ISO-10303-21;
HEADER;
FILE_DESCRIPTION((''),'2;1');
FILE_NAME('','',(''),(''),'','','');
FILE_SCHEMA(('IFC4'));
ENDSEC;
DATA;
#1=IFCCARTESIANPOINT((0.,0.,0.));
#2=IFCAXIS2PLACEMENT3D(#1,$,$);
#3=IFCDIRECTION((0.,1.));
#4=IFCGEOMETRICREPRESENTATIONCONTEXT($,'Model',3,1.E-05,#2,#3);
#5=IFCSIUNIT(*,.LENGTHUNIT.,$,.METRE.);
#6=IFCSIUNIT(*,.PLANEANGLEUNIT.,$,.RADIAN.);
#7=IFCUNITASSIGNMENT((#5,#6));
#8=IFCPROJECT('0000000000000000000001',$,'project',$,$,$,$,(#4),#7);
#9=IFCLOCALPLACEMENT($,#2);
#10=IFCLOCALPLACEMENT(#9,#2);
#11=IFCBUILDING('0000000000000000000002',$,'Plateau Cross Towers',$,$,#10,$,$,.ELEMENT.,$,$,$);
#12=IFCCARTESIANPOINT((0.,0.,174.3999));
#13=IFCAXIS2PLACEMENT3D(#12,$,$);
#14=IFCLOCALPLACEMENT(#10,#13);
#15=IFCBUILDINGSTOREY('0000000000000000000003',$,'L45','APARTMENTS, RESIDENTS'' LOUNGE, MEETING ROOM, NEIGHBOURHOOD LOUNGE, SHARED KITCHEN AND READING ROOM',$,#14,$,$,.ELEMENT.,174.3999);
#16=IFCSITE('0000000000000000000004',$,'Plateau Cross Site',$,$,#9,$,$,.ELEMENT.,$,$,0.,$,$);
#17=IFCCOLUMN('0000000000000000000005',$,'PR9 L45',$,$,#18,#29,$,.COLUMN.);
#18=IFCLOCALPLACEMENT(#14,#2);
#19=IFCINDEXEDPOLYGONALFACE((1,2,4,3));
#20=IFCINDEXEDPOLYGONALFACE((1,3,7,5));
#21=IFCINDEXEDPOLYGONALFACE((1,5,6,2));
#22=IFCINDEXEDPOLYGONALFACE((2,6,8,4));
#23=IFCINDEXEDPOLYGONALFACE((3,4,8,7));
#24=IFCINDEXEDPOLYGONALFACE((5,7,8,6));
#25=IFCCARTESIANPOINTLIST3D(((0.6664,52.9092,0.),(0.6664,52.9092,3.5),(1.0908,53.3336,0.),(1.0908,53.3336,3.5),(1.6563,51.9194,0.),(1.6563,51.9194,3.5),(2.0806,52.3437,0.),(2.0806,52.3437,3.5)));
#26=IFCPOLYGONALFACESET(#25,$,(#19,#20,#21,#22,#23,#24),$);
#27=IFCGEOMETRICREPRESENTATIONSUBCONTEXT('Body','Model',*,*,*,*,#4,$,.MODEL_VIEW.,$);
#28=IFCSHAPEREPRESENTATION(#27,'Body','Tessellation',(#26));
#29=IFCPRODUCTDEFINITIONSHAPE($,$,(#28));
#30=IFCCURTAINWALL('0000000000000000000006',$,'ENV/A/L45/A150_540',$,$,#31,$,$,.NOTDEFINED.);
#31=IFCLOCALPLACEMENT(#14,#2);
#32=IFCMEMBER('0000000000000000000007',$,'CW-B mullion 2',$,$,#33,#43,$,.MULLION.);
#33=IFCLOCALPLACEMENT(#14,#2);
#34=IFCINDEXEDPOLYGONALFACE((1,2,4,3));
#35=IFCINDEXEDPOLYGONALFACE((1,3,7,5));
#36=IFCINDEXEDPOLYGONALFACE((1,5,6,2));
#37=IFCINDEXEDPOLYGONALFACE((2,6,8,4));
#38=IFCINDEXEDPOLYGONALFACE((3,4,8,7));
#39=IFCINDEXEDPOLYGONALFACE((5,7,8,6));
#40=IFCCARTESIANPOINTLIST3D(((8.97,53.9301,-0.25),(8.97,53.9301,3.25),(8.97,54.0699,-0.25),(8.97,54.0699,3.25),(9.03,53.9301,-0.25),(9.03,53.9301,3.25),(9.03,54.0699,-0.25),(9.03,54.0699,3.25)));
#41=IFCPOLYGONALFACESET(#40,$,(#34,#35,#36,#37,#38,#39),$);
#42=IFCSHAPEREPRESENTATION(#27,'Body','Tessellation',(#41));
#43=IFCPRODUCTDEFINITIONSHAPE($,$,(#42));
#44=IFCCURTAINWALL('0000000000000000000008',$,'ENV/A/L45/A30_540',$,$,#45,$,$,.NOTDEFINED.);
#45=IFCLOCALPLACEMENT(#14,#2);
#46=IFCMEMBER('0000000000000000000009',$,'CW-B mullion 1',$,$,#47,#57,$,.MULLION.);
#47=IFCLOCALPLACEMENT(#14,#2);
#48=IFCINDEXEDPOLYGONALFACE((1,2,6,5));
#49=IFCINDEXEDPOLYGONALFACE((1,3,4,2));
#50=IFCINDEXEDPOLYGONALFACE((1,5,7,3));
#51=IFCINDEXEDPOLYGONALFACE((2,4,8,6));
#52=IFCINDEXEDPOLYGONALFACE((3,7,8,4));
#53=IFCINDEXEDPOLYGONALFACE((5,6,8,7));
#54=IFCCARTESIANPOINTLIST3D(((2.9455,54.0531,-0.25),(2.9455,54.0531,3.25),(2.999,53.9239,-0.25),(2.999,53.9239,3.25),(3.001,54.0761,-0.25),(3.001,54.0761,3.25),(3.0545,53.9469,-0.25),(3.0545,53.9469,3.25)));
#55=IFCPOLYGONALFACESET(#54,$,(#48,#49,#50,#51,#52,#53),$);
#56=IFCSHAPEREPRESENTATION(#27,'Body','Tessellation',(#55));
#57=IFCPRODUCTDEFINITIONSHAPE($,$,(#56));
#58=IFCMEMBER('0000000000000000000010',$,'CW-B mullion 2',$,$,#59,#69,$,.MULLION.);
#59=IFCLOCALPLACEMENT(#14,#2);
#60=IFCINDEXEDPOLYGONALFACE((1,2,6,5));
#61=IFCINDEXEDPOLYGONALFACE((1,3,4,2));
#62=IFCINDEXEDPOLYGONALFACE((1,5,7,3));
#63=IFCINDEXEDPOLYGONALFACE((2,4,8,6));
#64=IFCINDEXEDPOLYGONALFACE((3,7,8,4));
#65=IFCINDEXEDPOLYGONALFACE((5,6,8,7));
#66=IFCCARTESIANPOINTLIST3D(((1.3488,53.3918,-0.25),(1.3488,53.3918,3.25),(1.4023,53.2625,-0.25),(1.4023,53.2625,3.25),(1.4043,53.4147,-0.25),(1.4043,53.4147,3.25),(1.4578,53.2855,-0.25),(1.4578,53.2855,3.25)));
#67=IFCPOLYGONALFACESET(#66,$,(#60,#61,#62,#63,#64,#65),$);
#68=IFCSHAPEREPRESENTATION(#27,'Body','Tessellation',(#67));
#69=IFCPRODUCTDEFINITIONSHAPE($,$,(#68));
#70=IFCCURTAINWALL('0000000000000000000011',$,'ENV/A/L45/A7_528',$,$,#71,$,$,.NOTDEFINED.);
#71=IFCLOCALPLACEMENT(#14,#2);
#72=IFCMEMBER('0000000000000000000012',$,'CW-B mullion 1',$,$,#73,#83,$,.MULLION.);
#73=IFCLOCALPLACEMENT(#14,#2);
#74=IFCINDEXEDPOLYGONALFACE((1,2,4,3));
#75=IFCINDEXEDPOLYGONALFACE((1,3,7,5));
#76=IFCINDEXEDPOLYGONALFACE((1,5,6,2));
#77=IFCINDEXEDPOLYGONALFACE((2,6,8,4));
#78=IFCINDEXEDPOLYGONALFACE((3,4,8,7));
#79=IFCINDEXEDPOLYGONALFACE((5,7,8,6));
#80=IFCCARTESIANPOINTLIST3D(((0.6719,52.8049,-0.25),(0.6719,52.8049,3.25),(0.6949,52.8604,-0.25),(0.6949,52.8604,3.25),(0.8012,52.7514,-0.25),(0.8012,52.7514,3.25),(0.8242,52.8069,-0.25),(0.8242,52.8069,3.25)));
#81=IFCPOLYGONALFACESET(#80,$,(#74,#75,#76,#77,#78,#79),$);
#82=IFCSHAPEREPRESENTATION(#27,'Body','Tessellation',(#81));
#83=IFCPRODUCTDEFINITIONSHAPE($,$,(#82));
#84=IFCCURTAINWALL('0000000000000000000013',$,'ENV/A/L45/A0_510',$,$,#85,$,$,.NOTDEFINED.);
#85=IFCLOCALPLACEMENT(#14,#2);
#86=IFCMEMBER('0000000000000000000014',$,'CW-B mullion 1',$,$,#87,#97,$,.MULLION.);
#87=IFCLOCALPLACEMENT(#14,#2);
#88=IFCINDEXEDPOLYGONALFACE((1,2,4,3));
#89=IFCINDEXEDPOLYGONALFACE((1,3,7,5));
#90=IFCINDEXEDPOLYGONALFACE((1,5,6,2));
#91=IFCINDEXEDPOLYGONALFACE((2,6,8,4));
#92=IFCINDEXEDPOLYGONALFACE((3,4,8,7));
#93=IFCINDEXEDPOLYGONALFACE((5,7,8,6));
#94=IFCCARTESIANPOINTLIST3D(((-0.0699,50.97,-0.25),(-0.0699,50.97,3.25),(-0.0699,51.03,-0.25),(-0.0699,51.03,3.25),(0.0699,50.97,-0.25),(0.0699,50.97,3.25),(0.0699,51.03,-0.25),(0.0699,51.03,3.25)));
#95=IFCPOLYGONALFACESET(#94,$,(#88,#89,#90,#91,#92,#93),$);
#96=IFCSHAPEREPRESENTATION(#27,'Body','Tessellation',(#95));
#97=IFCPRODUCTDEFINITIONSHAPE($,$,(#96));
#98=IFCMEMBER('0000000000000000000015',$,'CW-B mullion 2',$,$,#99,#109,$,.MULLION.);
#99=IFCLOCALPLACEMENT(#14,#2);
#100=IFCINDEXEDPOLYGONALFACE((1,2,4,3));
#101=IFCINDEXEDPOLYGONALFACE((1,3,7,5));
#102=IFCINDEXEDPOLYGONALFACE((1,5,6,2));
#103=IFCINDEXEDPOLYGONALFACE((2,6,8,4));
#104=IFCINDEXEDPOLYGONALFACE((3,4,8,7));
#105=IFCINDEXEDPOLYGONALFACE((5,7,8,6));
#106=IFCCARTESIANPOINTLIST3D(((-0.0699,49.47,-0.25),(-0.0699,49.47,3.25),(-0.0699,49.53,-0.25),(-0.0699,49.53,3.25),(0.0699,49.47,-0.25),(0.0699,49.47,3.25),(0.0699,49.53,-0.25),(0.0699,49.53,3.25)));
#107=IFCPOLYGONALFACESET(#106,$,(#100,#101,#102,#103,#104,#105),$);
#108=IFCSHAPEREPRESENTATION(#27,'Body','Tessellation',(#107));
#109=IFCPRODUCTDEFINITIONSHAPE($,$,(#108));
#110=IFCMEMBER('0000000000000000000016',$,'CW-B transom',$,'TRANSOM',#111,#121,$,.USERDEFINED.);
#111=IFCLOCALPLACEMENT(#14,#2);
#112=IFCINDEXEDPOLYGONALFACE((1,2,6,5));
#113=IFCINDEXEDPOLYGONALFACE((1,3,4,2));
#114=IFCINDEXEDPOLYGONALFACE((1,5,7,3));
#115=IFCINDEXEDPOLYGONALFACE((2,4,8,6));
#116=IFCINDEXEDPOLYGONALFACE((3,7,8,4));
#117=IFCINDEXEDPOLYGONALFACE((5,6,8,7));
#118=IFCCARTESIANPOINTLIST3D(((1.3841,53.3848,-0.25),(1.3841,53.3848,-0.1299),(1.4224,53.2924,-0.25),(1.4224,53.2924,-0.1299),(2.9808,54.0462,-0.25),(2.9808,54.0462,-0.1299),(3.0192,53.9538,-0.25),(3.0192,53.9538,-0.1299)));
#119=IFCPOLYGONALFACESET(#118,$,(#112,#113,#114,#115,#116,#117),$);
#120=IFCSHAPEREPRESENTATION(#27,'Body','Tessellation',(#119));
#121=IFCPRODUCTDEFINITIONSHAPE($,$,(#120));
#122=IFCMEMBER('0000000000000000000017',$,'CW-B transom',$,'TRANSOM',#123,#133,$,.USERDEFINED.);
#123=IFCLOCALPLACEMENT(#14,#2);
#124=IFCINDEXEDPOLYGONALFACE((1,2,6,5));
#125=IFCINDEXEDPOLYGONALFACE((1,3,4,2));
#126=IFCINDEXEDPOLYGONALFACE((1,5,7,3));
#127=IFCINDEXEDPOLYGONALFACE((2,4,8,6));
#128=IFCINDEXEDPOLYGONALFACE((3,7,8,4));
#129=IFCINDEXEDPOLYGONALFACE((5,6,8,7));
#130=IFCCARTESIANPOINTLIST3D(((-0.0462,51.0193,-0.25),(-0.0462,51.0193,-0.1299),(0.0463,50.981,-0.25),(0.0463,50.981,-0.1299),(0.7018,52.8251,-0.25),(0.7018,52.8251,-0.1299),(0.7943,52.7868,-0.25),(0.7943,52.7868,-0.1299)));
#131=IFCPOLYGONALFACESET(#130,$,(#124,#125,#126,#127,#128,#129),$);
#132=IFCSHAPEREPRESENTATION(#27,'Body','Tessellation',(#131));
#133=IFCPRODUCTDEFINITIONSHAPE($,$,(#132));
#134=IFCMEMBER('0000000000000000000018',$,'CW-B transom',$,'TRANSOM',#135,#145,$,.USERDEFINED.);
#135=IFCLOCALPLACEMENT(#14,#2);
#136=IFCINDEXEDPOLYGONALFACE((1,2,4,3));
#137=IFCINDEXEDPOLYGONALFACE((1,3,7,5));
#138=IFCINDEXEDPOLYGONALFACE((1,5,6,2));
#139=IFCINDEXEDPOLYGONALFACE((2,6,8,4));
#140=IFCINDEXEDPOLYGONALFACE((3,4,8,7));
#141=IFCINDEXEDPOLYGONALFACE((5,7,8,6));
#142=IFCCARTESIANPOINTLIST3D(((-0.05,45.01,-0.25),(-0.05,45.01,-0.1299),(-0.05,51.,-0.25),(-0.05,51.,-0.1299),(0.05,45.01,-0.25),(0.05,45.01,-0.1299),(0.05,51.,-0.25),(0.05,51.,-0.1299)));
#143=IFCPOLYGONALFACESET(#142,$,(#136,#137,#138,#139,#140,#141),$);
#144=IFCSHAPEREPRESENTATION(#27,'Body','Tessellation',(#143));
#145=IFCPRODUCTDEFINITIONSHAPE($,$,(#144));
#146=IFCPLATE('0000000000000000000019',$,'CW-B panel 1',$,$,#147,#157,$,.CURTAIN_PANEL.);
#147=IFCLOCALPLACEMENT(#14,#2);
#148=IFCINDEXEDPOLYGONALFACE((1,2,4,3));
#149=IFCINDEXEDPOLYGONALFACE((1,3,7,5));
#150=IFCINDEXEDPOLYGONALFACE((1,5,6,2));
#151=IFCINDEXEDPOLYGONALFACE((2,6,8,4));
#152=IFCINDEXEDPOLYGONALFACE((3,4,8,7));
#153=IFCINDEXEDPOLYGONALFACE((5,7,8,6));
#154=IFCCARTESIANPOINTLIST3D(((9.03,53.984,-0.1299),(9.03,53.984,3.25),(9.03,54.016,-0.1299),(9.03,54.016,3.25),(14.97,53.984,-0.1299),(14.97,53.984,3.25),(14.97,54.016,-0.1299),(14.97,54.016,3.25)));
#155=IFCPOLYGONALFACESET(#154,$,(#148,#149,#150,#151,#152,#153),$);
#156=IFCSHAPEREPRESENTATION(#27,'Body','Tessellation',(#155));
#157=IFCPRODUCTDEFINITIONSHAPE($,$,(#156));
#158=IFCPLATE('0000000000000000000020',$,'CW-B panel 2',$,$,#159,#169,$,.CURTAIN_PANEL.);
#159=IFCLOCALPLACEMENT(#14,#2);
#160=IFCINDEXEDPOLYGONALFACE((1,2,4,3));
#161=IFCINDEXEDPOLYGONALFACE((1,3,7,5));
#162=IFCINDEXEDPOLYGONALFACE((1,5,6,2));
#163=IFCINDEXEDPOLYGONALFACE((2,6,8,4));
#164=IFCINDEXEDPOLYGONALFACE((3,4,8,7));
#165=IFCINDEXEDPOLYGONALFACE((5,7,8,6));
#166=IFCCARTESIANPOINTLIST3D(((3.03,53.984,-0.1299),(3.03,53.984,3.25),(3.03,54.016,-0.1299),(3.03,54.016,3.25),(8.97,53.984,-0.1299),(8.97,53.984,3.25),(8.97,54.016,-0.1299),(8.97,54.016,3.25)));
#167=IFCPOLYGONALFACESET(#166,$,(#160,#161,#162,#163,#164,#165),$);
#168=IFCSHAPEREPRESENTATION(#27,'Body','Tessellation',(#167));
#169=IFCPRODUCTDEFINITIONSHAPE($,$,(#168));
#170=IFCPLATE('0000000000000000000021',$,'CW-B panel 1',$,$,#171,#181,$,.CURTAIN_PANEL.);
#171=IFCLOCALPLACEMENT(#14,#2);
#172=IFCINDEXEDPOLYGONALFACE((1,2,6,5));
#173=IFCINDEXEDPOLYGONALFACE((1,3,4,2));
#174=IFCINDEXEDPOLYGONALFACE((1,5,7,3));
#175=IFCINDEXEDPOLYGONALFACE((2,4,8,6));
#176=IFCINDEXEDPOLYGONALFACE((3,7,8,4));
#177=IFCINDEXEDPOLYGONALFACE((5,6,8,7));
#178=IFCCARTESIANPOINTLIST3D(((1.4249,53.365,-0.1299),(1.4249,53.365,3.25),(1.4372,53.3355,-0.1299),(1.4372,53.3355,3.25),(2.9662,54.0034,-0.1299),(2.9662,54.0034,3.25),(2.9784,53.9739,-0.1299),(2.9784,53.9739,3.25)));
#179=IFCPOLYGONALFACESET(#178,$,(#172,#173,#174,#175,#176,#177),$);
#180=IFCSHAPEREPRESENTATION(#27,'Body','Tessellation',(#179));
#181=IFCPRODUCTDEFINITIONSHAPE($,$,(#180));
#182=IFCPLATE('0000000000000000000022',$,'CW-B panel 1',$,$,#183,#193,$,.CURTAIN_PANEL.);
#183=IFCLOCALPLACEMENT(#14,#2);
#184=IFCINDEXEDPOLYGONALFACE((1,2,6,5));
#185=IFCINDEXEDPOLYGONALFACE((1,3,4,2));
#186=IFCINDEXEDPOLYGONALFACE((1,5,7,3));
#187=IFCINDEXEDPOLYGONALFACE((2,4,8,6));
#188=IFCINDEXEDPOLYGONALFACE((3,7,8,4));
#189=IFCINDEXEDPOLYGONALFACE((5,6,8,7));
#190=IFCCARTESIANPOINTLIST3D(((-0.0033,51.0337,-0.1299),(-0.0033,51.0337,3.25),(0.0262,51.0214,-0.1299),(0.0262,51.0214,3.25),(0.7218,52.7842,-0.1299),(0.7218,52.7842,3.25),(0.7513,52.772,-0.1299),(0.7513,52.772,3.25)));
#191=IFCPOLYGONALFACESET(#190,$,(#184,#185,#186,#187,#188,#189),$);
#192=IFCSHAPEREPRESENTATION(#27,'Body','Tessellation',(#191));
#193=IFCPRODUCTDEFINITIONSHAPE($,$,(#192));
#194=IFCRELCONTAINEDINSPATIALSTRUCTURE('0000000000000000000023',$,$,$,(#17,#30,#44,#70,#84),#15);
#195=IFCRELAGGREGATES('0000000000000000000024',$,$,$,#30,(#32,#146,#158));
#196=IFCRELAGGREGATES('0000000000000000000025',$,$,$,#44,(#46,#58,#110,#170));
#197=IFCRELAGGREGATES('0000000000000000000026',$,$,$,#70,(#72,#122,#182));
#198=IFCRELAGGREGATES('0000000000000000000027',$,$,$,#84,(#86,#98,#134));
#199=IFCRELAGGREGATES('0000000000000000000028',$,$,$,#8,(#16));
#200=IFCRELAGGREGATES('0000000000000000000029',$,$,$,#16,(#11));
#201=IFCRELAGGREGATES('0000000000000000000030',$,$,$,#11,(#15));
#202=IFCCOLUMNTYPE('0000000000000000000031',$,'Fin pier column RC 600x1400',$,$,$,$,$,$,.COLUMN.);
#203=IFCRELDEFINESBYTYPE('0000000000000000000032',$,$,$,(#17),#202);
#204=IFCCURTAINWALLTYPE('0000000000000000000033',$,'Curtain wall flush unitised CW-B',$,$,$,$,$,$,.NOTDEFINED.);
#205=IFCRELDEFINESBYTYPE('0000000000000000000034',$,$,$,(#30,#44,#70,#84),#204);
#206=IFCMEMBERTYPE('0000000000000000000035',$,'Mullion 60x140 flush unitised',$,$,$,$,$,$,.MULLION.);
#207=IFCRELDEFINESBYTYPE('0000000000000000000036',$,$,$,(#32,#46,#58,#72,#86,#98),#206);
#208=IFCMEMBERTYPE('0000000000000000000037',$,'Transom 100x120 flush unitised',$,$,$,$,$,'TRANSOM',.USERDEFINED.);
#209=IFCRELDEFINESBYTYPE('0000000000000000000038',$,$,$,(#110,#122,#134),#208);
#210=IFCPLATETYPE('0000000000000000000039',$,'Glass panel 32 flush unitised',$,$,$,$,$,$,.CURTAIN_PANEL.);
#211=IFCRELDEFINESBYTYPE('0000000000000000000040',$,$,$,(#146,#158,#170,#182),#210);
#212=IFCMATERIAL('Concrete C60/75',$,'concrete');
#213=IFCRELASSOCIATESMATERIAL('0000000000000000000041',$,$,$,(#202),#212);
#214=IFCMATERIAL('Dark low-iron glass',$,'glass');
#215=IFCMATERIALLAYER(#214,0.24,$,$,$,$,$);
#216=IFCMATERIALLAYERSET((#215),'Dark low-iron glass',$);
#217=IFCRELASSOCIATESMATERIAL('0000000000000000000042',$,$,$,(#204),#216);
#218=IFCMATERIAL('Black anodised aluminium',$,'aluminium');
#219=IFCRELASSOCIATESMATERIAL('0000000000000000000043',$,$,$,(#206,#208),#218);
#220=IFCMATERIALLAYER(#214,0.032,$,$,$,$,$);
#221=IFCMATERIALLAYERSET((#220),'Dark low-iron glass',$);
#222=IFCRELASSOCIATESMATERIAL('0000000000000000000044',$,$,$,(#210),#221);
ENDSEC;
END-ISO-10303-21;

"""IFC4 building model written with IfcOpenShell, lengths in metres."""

from ifc_helpers import new_model, si_unit, direction, frame, origin, origin_2d, place, context, subcontext, project, spatial, rectangle, extrude, material, layer, layer_set, material_profile, profile_set, type_object, element, aggregate, save


model = new_model("IFC4")

# Units and contexts
model_context = context("Model", 3, precision=1e-05, world=origin(), true_north=direction((0.0, 1.0)))
body_context = subcontext(model_context, "Body", "Model", "MODEL_VIEW")
ifc_project = project(units=[si_unit("LENGTHUNIT", "METRE"), si_unit("PLANEANGLEUNIT", "RADIAN")], contexts=[model_context])

# Site, building, storey
site_placement = place(None, origin())
site = spatial("IfcSite", under=ifc_project, at=site_placement, Name="Plateau Cross Site", CompositionType="ELEMENT", RefElevation=0.0)
building_placement = place(site_placement, origin())
building = spatial("IfcBuilding", under=site, at=building_placement, Name="Plateau Cross Towers", CompositionType="ELEMENT")
storey_placement = place(building_placement, frame((0.0, 0.0, 174.3999)))
storey = spatial("IfcBuildingStorey", under=building, at=storey_placement, Name="L45", Description="APARTMENTS, RESIDENTS' LOUNGE, MEETING ROOM, NEIGHBOURHOOD LOUNGE, SHARED KITCHEN AND READING ROOM", CompositionType="ELEMENT", Elevation=174.3999)

# Column
ifc_material_1 = material(Name="Concrete C60/75", Category="concrete")
ifc_material_profile_1 = material_profile(ifc_material_1, rectangle(XDim=0.6001, YDim=1.3999, at=origin_2d()), Name="RC 600x1400")
ifc_profile_set_1 = profile_set([ifc_material_profile_1], Name="Concrete C60/75")
column_type = type_object("IfcColumnType", Name="Fin pier column RC 600x1400", PredefinedType="COLUMN", material=ifc_profile_set_1)
column_placement = place(storey_placement, frame((1.3735, 52.6265, 0.0), z_axis=(0.0, 0.0, 1.0), x_axis=(0.707107, 0.707107, 0.0)))
element("IfcColumn", 1, at=column_placement, inside=storey, type_object=column_type, Name="PR9 L45", PredefinedType="COLUMN", context=body_context, shape_type="SweptSolid", body=[
    extrude(rectangle(XDim=0.6001, YDim=1.3999, at=origin_2d()), origin(), (0.0, 0.0, 1.0), 3.5),
])

# Curtain wall, member
ifc_material_2 = material(Name="Dark low-iron glass", Category="glass")
ifc_layer_1 = layer(ifc_material_2, 0.24)
ifc_layer_set_1 = layer_set([ifc_layer_1], Name="Dark low-iron glass")
curtain_wall_type = type_object("IfcCurtainWallType", Name="Curtain wall flush unitised CW-B", PredefinedType="NOTDEFINED", material=ifc_layer_set_1)
curtain_wall_1_placement = place(storey_placement, origin())
curtain_wall_1 = element("IfcCurtainWall", 2, at=curtain_wall_1_placement, inside=storey, type_object=curtain_wall_type, Name="ENV/A/L45/A150_540", PredefinedType="NOTDEFINED")
ifc_material_3 = material(Name="Black anodised aluminium", Category="aluminium")
ifc_material_profile_2 = material_profile(ifc_material_3, rectangle(XDim=0.0601, YDim=0.1399, at=origin_2d()), Name="MULLION 60x140")
ifc_profile_set_2 = profile_set([ifc_material_profile_2], Name="Black anodised aluminium")
member_type_1 = type_object("IfcMemberType", Name="Mullion 60x140 flush unitised", PredefinedType="MULLION", material=ifc_profile_set_2)
member_1_placement = place(storey_placement, frame((9.0, 54.0, -0.25), z_axis=(0.0, 0.0, 1.0), x_axis=(-1.0, 0.0, 0.0)))
member_1 = element("IfcMember", 3, at=member_1_placement, type_object=member_type_1, Name="CW-B mullion 2", PredefinedType="MULLION", context=body_context, shape_type="SweptSolid", body=[
    extrude(rectangle(XDim=0.0601, YDim=0.1399, at=origin_2d()), origin(), (0.0, 0.0, 1.0), 3.5),
])

# Curtain wall, members
curtain_wall_2_placement = place(storey_placement, origin())
curtain_wall_2 = element("IfcCurtainWall", 4, at=curtain_wall_2_placement, inside=storey, type_object=curtain_wall_type, Name="ENV/A/L45/A30_540", PredefinedType="NOTDEFINED")
member_2_placement = place(storey_placement, frame((3.0, 54.0, -0.25), z_axis=(0.0, 0.0, 1.0), x_axis=(-0.923879, -0.382684, 0.0)))
member_2 = element("IfcMember", 5, at=member_2_placement, type_object=member_type_1, Name="CW-B mullion 1", PredefinedType="MULLION", context=body_context, shape_type="SweptSolid", body=[
    extrude(rectangle(XDim=0.0601, YDim=0.1399, at=origin_2d()), origin(), (0.0, 0.0, 1.0), 3.5),
])
member_3_placement = place(storey_placement, frame((1.4033, 53.3386, -0.25), z_axis=(0.0, 0.0, 1.0), x_axis=(-0.923879, -0.382684, 0.0)))
member_3 = element("IfcMember", 6, at=member_3_placement, type_object=member_type_1, Name="CW-B mullion 2", PredefinedType="MULLION", context=body_context, shape_type="SweptSolid", body=[
    extrude(rectangle(XDim=0.0601, YDim=0.1399, at=origin_2d()), origin(), (0.0, 0.0, 1.0), 3.5),
])

# Curtain wall, member
curtain_wall_3_placement = place(storey_placement, origin())
curtain_wall_3 = element("IfcCurtainWall", 7, at=curtain_wall_3_placement, inside=storey, type_object=curtain_wall_type, Name="ENV/A/L45/A7_528", PredefinedType="NOTDEFINED")
member_4_placement = place(storey_placement, frame((0.748, 52.8059, -0.25), z_axis=(0.0, 0.0, 1.0), x_axis=(-0.382684, -0.923879, 0.0)))
member_4 = element("IfcMember", 8, at=member_4_placement, type_object=member_type_1, Name="CW-B mullion 1", PredefinedType="MULLION", context=body_context, shape_type="SweptSolid", body=[
    extrude(rectangle(XDim=0.0601, YDim=0.1399, at=origin_2d()), origin(), (0.0, 0.0, 1.0), 3.5),
])

# Curtain wall, members
curtain_wall_4_placement = place(storey_placement, origin())
curtain_wall_4 = element("IfcCurtainWall", 9, at=curtain_wall_4_placement, inside=storey, type_object=curtain_wall_type, Name="ENV/A/L45/A0_510", PredefinedType="NOTDEFINED")
member_5_placement = place(storey_placement, frame((0.0, 51.0, -0.25), z_axis=(0.0, 0.0, 1.0), x_axis=(0.0, -1.0, 0.0)))
member_5 = element("IfcMember", 10, at=member_5_placement, type_object=member_type_1, Name="CW-B mullion 1", PredefinedType="MULLION", context=body_context, shape_type="SweptSolid", body=[
    extrude(rectangle(XDim=0.0601, YDim=0.1399, at=origin_2d()), origin(), (0.0, 0.0, 1.0), 3.5),
])
member_6_placement = place(storey_placement, frame((0.0, 49.5, -0.25), z_axis=(0.0, 0.0, 1.0), x_axis=(0.0, -1.0, 0.0)))
member_6 = element("IfcMember", 11, at=member_6_placement, type_object=member_type_1, Name="CW-B mullion 2", PredefinedType="MULLION", context=body_context, shape_type="SweptSolid", body=[
    extrude(rectangle(XDim=0.0601, YDim=0.1399, at=origin_2d()), origin(), (0.0, 0.0, 1.0), 3.5),
])

# Members
ifc_material_profile_3 = material_profile(ifc_material_3, rectangle(XDim=0.1001, YDim=0.1201, at=origin_2d()), Name="TRANSOM 100x120")
ifc_profile_set_3 = profile_set([ifc_material_profile_3], Name="Black anodised aluminium")
member_type_2 = type_object("IfcMemberType", Name="Transom 100x120 flush unitised", ElementType="TRANSOM", PredefinedType="USERDEFINED", material=ifc_profile_set_3)
member_7_placement = place(storey_placement, frame((3.0, 54.0, -0.1899), z_axis=(-0.923877, -0.382689, 0.0), x_axis=(0.382689, -0.923877, 0.0)))
member_7 = element("IfcMember", 12, at=member_7_placement, type_object=member_type_2, Name="CW-B transom", ObjectType="TRANSOM", PredefinedType="USERDEFINED", context=body_context, shape_type="SweptSolid", body=[
    extrude(rectangle(XDim=0.1001, YDim=0.1201, at=origin_2d()), origin(), (0.0, 0.0, 1.0), 1.7283),
])
member_8_placement = place(storey_placement, frame((0.748, 52.8059, -0.1899), z_axis=(-0.38269, -0.923877, 0.0), x_axis=(0.923877, -0.38269, 0.0)))
member_8 = element("IfcMember", 13, at=member_8_placement, type_object=member_type_2, Name="CW-B transom", ObjectType="TRANSOM", PredefinedType="USERDEFINED", context=body_context, shape_type="SweptSolid", body=[
    extrude(rectangle(XDim=0.1001, YDim=0.1201, at=origin_2d()), origin(), (0.0, 0.0, 1.0), 1.9546),
])
member_9_placement = place(storey_placement, frame((0.0, 51.0, -0.1899), z_axis=(0.0, -1.0, 0.0), x_axis=(1.0, 0.0, 0.0)))
member_9 = element("IfcMember", 14, at=member_9_placement, type_object=member_type_2, Name="CW-B transom", ObjectType="TRANSOM", PredefinedType="USERDEFINED", context=body_context, shape_type="SweptSolid", body=[
    extrude(rectangle(XDim=0.1001, YDim=0.1201, at=origin_2d()), origin(), (0.0, 0.0, 1.0), 5.99),
])

# Plates
ifc_layer_2 = layer(ifc_material_2, 0.032)
ifc_layer_set_2 = layer_set([ifc_layer_2], Name="Dark low-iron glass")
plate_type = type_object("IfcPlateType", Name="Glass panel 32 flush unitised", PredefinedType="CURTAIN_PANEL", material=ifc_layer_set_2)
plate_1_placement = place(storey_placement, frame((12.0, 54.0, -0.1299), z_axis=(0.0, 0.0, 1.0), x_axis=(-1.0, 0.0, 0.0)))
plate_1 = element("IfcPlate", 15, at=plate_1_placement, type_object=plate_type, Name="CW-B panel 1", PredefinedType="CURTAIN_PANEL", context=body_context, shape_type="SweptSolid", body=[
    extrude(rectangle(XDim=5.9399, YDim=0.032, at=origin_2d()), origin(), (0.0, 0.0, 1.0), 3.3799),
])
plate_2_placement = place(storey_placement, frame((6.0, 54.0, -0.1299), z_axis=(0.0, 0.0, 1.0), x_axis=(-1.0, 0.0, 0.0)))
plate_2 = element("IfcPlate", 16, at=plate_2_placement, type_object=plate_type, Name="CW-B panel 2", PredefinedType="CURTAIN_PANEL", context=body_context, shape_type="SweptSolid", body=[
    extrude(rectangle(XDim=5.9399, YDim=0.032, at=origin_2d()), origin(), (0.0, 0.0, 1.0), 3.3799),
])
aggregate(curtain_wall_1, [member_1, plate_1, plate_2])
plate_3_placement = place(storey_placement, frame((2.2017, 53.6694, -0.1299), z_axis=(0.0, 0.0, 1.0), x_axis=(-0.923879, -0.382684, 0.0)))
plate_3 = element("IfcPlate", 17, at=plate_3_placement, type_object=plate_type, Name="CW-B panel 1", PredefinedType="CURTAIN_PANEL", context=body_context, shape_type="SweptSolid", body=[
    extrude(rectangle(XDim=1.6682, YDim=0.032, at=origin_2d()), origin(), (0.0, 0.0, 1.0), 3.3799),
])
aggregate(curtain_wall_2, [member_2, member_3, member_7, plate_3])
plate_4_placement = place(storey_placement, frame((0.374, 51.9028, -0.1299), z_axis=(0.0, 0.0, 1.0), x_axis=(-0.382684, -0.923879, 0.0)))
plate_4 = element("IfcPlate", 18, at=plate_4_placement, type_object=plate_type, Name="CW-B panel 1", PredefinedType="CURTAIN_PANEL", context=body_context, shape_type="SweptSolid", body=[
    extrude(rectangle(XDim=1.8948, YDim=0.032, at=origin_2d()), origin(), (0.0, 0.0, 1.0), 3.3799),
])
aggregate(curtain_wall_3, [member_4, member_8, plate_4])
aggregate(curtain_wall_4, [member_5, member_6, member_9])

save(model, "model.ifc")
